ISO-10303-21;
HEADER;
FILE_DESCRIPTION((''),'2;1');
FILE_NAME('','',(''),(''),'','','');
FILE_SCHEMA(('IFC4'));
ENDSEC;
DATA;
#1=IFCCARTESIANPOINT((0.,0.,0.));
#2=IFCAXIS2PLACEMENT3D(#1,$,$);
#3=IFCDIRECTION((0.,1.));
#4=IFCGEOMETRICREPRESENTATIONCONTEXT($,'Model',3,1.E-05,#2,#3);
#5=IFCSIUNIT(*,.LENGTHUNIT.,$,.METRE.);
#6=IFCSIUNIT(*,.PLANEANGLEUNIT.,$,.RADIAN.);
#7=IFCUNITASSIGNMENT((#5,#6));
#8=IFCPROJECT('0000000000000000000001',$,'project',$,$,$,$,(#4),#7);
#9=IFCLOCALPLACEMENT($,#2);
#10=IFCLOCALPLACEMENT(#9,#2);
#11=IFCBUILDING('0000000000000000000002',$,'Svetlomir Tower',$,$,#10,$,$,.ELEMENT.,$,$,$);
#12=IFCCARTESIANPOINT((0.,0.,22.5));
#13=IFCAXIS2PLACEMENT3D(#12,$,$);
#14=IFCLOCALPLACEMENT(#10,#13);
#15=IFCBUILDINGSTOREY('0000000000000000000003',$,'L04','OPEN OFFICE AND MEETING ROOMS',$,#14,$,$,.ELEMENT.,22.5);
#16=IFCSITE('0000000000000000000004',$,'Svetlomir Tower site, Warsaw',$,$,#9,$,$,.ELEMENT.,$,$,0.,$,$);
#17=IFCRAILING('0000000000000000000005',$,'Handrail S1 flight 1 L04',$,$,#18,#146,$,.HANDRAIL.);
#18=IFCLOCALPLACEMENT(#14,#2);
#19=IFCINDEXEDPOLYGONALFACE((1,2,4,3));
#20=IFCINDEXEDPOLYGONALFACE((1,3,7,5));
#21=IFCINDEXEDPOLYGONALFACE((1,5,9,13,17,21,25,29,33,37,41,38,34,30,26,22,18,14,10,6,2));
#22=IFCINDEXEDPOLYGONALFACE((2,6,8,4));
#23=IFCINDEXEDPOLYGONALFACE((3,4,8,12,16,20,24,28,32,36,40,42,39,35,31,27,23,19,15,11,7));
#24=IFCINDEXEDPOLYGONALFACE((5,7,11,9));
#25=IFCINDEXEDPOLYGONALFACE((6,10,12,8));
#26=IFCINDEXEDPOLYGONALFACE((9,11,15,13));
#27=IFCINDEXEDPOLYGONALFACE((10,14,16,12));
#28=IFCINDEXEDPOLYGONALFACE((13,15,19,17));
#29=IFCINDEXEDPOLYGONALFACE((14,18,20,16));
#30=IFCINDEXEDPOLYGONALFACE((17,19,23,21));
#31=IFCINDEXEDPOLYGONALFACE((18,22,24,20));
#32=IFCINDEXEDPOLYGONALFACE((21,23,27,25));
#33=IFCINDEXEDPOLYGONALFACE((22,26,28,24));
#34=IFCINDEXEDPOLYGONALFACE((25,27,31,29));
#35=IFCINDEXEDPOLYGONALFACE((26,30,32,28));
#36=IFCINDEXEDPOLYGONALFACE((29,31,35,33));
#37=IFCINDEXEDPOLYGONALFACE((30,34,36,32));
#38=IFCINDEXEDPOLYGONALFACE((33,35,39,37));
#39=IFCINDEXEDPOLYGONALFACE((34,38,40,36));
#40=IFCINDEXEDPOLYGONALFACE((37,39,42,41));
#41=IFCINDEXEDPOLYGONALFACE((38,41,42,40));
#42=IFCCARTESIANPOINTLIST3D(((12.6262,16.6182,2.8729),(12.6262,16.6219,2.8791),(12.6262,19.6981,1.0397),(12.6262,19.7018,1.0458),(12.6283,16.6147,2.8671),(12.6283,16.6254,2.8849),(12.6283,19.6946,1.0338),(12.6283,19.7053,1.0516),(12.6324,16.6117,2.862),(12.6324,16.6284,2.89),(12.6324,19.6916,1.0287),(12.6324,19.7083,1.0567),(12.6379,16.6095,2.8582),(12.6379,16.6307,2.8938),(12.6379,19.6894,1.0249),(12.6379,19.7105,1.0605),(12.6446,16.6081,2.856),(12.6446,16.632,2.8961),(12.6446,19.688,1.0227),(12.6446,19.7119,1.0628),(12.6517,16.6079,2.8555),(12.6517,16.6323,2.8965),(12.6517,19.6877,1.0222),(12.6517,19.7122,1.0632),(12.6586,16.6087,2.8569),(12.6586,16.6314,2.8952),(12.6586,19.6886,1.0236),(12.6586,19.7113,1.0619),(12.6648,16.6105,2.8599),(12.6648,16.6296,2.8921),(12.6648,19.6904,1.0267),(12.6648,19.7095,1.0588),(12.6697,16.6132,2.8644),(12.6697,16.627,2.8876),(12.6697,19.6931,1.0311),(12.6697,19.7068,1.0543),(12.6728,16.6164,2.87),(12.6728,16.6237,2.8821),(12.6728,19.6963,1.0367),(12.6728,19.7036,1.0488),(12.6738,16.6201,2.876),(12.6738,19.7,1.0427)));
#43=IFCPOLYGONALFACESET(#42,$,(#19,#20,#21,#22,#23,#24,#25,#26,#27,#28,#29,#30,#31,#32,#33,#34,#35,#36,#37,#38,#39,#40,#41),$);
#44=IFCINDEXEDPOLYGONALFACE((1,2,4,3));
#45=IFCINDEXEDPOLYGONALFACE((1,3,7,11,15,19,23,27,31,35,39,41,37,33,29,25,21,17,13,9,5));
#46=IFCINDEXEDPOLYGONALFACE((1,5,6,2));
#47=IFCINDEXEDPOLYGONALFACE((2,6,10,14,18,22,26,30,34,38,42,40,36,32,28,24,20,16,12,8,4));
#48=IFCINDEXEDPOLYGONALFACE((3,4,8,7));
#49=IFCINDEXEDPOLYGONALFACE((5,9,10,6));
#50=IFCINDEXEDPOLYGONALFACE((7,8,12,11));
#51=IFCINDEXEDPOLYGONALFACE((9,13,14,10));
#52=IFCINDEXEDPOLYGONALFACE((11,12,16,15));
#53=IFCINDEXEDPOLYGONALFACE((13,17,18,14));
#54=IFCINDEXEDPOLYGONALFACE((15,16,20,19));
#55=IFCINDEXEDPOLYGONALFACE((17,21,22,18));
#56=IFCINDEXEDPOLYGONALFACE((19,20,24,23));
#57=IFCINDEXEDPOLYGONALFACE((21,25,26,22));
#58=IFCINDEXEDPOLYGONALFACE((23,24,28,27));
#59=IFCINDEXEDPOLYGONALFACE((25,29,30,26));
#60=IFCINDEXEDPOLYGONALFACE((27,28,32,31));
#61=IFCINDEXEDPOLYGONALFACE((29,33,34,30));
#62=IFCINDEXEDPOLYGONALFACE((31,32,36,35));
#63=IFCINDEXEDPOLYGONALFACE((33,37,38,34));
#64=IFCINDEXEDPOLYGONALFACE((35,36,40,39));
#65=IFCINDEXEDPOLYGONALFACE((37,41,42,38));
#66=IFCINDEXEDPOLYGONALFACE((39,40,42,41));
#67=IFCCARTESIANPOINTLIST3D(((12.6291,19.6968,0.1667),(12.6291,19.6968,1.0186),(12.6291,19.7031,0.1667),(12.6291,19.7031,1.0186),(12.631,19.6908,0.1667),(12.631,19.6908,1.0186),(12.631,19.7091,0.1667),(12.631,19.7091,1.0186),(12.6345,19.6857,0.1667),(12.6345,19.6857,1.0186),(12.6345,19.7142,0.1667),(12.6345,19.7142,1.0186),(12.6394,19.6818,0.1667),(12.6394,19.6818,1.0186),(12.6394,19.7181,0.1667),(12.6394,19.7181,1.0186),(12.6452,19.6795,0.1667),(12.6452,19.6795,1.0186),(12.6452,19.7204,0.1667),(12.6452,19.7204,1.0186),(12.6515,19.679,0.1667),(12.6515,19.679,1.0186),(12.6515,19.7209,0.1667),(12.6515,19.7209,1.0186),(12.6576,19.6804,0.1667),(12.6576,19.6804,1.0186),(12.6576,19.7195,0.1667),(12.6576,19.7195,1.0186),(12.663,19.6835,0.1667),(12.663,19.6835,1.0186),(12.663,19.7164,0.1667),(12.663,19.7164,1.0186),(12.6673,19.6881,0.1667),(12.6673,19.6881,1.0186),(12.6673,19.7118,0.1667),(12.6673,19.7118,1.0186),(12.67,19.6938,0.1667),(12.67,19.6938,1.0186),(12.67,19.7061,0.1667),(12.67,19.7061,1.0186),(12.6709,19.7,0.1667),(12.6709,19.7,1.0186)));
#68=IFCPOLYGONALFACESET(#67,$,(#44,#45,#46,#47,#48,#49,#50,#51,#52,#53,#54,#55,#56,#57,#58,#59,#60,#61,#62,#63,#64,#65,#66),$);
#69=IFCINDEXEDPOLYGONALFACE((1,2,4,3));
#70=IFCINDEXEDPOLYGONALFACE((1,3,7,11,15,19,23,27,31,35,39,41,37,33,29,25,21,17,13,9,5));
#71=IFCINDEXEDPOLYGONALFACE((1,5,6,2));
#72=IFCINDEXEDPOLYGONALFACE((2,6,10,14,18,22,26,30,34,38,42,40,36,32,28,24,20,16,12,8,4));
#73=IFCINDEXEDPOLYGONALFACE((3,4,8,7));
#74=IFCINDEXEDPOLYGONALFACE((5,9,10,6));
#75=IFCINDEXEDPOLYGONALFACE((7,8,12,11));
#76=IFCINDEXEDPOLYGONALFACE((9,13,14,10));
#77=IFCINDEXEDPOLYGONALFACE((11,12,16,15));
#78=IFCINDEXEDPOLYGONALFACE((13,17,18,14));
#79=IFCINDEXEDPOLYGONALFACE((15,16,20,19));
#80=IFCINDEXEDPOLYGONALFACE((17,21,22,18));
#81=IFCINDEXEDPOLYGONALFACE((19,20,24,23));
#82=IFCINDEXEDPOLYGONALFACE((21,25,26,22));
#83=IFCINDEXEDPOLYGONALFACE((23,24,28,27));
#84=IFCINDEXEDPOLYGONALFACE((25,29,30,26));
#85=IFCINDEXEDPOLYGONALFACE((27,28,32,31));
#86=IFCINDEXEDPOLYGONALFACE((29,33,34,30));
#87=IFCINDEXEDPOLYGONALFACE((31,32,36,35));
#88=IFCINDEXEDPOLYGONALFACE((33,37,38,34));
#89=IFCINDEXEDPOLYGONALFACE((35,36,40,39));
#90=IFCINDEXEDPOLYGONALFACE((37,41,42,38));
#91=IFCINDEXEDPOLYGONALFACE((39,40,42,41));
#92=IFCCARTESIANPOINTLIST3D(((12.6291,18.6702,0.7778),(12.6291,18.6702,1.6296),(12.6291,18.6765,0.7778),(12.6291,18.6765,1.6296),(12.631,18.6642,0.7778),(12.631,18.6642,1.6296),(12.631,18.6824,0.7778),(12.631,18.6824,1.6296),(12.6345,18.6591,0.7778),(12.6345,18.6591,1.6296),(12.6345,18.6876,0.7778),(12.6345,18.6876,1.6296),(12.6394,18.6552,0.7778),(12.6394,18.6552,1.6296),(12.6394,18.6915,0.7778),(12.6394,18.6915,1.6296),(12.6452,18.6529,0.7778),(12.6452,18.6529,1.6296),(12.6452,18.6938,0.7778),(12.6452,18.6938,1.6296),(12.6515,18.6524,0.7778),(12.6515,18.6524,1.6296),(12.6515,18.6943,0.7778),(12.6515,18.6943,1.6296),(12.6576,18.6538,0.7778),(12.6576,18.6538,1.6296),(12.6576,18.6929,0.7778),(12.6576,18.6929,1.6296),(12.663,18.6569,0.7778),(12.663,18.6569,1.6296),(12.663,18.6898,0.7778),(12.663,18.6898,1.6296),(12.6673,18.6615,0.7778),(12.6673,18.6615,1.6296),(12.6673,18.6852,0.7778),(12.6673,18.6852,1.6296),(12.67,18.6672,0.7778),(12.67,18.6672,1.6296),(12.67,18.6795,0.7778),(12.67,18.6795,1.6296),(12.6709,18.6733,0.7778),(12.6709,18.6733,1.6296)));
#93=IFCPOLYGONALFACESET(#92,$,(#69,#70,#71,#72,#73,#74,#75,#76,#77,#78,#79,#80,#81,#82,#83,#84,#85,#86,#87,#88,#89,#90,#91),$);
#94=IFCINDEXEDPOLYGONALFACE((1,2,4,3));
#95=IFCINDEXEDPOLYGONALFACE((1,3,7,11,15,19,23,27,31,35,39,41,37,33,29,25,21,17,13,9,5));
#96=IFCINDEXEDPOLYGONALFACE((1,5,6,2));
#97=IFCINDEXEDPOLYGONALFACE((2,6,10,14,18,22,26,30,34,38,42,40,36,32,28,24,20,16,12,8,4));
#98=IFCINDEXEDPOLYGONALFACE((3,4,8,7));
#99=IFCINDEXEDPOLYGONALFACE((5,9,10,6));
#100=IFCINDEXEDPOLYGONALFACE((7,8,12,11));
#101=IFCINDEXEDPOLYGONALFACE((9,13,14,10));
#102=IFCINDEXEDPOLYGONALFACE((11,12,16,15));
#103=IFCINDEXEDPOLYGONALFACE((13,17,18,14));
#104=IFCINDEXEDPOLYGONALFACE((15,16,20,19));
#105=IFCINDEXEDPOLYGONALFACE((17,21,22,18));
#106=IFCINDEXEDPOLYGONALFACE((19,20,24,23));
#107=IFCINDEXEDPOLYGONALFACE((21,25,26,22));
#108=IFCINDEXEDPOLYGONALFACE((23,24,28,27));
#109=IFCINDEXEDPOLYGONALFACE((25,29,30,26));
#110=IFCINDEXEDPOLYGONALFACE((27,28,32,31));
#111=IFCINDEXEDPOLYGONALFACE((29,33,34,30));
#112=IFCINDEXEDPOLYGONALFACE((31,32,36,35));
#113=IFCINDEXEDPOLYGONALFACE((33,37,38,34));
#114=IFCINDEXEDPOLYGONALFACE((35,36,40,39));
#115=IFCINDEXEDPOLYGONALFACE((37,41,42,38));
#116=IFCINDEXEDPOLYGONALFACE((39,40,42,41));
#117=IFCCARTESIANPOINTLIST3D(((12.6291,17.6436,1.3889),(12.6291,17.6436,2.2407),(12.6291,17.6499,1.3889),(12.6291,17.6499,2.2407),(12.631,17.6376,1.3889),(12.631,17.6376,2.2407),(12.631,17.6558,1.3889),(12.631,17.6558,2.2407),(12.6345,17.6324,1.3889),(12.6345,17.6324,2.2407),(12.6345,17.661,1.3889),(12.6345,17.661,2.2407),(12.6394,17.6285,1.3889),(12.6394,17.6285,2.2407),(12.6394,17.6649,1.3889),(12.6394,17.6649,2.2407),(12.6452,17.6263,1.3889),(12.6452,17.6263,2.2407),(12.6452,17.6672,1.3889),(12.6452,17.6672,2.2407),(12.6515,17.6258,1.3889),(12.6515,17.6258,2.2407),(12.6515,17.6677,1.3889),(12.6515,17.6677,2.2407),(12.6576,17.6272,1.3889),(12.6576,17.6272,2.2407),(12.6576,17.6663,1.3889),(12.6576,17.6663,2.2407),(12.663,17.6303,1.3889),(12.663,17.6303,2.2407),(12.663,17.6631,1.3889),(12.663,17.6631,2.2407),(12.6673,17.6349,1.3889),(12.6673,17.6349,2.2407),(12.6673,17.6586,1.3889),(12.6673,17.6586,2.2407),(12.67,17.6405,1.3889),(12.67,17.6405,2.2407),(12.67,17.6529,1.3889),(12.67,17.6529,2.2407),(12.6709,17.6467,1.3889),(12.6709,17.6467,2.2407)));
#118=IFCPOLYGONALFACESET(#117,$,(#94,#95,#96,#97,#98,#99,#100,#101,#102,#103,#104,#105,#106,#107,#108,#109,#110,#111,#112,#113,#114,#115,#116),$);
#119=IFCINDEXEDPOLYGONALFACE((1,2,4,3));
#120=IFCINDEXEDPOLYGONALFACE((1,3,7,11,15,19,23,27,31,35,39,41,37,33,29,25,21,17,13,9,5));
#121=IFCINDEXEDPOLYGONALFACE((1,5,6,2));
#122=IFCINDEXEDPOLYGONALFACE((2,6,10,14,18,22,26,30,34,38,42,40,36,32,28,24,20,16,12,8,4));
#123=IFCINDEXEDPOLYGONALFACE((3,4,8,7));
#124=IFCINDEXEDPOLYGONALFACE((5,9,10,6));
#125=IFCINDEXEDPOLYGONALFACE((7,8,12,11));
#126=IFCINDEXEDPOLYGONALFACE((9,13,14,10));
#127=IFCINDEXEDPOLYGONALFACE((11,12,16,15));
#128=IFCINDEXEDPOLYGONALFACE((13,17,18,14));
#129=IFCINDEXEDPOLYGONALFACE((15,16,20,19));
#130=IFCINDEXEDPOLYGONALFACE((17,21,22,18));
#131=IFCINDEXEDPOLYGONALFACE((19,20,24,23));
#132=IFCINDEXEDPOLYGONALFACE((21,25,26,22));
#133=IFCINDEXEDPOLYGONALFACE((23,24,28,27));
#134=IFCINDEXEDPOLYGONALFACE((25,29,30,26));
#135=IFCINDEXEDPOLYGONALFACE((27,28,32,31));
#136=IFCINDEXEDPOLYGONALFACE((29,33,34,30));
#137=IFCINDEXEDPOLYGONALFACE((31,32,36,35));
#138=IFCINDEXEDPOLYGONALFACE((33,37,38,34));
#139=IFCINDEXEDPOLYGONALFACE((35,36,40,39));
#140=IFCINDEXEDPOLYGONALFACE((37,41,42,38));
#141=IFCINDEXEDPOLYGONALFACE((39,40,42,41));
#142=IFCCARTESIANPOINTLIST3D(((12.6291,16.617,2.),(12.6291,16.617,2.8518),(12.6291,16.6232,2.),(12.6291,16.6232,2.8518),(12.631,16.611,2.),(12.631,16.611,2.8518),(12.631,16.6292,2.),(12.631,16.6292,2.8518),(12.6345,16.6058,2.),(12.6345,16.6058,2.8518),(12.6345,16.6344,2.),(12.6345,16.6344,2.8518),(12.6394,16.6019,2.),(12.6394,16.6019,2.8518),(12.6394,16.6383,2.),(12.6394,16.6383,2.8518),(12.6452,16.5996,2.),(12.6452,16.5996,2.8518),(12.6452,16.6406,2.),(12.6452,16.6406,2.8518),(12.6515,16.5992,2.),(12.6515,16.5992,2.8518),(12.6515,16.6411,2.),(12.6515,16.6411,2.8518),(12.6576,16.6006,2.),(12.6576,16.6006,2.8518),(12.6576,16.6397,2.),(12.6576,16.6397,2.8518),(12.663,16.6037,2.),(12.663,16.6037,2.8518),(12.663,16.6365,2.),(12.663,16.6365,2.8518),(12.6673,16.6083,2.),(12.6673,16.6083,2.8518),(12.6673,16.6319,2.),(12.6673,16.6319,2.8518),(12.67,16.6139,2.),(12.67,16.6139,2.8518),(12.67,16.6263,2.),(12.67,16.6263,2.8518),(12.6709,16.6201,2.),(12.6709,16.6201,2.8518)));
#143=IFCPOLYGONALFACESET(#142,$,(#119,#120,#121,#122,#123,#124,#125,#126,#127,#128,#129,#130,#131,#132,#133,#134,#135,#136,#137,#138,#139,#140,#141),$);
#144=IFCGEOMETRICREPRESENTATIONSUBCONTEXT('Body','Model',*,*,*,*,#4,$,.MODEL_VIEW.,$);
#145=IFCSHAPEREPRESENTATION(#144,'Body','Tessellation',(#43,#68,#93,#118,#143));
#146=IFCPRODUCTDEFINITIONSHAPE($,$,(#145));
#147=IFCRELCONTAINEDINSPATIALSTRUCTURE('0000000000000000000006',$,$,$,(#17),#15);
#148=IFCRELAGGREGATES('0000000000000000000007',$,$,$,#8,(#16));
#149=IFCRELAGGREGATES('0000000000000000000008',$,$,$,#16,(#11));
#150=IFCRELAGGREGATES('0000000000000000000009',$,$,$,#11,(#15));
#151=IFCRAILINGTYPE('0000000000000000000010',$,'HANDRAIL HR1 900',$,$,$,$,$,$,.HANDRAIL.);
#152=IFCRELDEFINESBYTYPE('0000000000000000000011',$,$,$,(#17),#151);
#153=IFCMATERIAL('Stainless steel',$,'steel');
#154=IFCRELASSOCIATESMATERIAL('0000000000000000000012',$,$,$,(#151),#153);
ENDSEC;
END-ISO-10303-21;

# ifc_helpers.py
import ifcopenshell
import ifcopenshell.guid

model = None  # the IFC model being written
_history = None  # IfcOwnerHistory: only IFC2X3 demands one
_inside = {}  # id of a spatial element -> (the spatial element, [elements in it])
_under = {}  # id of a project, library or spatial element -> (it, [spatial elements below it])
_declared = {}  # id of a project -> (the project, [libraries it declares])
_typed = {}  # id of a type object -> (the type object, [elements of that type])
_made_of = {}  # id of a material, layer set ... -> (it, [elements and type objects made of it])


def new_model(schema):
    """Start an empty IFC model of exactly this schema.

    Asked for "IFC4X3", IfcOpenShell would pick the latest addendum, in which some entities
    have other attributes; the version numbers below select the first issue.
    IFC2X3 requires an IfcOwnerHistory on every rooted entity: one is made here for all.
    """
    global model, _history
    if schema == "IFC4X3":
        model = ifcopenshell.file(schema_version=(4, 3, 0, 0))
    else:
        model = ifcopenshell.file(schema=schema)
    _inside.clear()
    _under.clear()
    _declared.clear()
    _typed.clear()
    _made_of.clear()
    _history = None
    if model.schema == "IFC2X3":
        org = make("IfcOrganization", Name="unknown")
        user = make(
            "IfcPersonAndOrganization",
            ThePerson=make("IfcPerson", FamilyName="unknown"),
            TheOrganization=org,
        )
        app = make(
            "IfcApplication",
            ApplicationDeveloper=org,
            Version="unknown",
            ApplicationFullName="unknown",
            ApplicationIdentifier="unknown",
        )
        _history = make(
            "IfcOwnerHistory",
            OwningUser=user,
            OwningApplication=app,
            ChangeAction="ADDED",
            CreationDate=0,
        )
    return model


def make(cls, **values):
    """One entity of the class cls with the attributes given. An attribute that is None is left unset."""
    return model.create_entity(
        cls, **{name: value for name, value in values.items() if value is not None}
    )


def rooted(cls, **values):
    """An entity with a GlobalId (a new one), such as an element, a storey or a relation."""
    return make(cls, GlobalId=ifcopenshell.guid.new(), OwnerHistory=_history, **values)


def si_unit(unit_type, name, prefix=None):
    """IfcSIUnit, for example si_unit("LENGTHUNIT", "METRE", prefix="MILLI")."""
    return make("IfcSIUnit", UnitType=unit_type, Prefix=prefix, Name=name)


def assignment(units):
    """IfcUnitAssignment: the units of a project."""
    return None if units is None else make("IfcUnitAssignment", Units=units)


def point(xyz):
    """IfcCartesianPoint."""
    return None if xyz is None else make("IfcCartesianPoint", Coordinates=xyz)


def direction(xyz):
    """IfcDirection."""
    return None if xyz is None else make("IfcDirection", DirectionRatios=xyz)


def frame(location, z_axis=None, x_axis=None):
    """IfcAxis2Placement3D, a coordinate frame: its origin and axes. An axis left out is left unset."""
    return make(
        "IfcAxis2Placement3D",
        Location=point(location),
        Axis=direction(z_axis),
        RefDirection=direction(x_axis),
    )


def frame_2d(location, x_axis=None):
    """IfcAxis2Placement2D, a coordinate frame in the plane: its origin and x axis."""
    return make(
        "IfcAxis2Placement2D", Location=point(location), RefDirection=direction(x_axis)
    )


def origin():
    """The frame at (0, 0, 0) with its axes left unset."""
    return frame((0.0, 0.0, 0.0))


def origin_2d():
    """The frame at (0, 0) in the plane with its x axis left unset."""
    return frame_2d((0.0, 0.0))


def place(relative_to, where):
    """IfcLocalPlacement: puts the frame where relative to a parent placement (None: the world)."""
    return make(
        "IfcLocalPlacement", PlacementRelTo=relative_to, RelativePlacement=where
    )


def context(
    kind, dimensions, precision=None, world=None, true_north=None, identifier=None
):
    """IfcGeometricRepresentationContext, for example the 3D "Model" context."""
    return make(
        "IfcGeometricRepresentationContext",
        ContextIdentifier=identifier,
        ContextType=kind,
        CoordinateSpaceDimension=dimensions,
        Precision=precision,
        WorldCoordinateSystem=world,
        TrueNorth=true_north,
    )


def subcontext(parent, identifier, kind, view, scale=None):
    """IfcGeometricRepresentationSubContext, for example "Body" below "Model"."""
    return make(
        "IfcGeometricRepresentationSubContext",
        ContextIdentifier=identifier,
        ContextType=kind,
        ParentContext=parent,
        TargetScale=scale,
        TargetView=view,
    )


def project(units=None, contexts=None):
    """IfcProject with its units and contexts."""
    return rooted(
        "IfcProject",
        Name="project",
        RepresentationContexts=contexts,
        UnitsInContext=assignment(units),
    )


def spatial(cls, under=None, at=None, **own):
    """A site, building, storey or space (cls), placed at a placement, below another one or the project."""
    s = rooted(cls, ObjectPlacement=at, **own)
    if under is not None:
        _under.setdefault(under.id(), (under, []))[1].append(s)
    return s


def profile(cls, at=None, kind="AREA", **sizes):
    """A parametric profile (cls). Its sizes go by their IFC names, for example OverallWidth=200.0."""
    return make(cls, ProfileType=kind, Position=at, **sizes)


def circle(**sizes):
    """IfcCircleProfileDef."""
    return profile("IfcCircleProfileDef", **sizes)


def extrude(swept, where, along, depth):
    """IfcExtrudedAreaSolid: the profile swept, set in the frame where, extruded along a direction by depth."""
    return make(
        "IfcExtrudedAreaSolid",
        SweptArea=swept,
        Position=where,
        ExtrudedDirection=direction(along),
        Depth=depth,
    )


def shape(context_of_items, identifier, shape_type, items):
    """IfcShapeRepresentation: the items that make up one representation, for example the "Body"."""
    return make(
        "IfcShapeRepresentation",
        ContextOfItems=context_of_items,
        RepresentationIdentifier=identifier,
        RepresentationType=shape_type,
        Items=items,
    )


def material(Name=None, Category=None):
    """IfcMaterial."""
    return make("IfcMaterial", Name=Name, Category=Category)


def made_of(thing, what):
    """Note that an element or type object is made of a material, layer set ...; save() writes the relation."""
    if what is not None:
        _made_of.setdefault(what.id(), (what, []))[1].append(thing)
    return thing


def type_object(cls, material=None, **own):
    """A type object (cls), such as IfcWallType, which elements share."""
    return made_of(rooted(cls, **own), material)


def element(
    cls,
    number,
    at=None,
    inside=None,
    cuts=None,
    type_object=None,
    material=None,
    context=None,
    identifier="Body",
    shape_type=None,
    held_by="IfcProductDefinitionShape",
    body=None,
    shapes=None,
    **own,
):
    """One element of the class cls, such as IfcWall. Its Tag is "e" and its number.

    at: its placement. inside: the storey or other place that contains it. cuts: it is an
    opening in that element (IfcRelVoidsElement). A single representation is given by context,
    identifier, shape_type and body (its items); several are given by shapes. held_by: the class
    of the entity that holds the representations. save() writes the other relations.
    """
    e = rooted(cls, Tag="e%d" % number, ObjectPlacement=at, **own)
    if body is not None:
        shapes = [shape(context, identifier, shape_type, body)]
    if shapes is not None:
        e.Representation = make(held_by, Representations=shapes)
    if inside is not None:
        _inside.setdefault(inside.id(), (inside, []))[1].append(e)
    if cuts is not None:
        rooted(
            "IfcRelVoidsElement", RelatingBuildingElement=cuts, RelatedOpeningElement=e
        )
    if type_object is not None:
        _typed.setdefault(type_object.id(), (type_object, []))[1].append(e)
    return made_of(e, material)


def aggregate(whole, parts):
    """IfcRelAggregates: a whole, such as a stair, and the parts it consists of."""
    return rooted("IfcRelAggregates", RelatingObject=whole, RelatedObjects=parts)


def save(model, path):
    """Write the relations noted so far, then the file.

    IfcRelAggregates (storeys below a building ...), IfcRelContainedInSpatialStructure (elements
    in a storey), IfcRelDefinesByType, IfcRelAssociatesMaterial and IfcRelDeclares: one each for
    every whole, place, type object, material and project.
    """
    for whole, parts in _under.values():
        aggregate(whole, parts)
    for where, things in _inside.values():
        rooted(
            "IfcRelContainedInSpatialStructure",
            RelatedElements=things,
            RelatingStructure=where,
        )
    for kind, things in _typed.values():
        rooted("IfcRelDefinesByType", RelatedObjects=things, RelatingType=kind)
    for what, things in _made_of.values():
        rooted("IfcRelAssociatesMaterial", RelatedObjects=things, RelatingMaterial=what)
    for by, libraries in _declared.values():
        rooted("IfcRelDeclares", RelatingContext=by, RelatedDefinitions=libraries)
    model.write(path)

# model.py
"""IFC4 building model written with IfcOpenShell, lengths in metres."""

from ifc_helpers import new_model, si_unit, direction, frame, origin, origin_2d, place, context, subcontext, project, spatial, circle, extrude, material, type_object, element, save


model = new_model("IFC4")

# Units and contexts
model_context = context("Model", 3, precision=1e-05, world=origin(), true_north=direction((0.0, 1.0)))
body_context = subcontext(model_context, "Body", "Model", "MODEL_VIEW")
ifc_project = project(units=[si_unit("LENGTHUNIT", "METRE"), si_unit("PLANEANGLEUNIT", "RADIAN")], contexts=[model_context])

# Site, building, storey
site_placement = place(None, origin())
site = spatial("IfcSite", under=ifc_project, at=site_placement, Name="Svetlomir Tower site, Warsaw", CompositionType="ELEMENT", RefElevation=0.0)
building_placement = place(site_placement, origin())
building = spatial("IfcBuilding", under=site, at=building_placement, Name="Svetlomir Tower", CompositionType="ELEMENT")
storey_placement = place(building_placement, frame((0.0, 0.0, 22.5)))
storey = spatial("IfcBuildingStorey", under=building, at=storey_placement, Name="L04", Description="OPEN OFFICE AND MEETING ROOMS", CompositionType="ELEMENT", Elevation=22.5)

# Railing
ifc_material_1 = material(Name="Stainless steel", Category="steel")
railing_type = type_object("IfcRailingType", Name="HANDRAIL HR1 900", PredefinedType="HANDRAIL", material=ifc_material_1)
railing_placement = place(storey_placement, frame((12.6499, 19.7, 0.1667)))
element("IfcRailing", 1, at=railing_placement, inside=storey, type_object=railing_type, Name="Handrail S1 flight 1 L04", PredefinedType="HANDRAIL", context=body_context, shape_type="SweptSolid", body=[
    extrude(circle(Radius=0.0239, at=origin_2d()), frame((0.0, 0.0, 0.876), z_axis=(0.0, -0.859291, 0.511487), x_axis=(1.0, 0.0, 0.0)), (0.0, 0.0, 1.0), 3.5842),
    extrude(circle(Radius=0.021, at=origin_2d()), origin(), (0.0, 0.0, 1.0), 0.8518),
    extrude(circle(Radius=0.021, at=origin_2d()), frame((0.0, -1.0266, 0.6111)), (0.0, 0.0, 1.0), 0.8518),
    extrude(circle(Radius=0.021, at=origin_2d()), frame((0.0, -2.0532, 1.2222)), (0.0, 0.0, 1.0), 0.8518),
    extrude(circle(Radius=0.021, at=origin_2d()), frame((0.0, -3.0798, 1.8333)), (0.0, 0.0, 1.0), 0.8518),
])

save(model, "model.ifc")
